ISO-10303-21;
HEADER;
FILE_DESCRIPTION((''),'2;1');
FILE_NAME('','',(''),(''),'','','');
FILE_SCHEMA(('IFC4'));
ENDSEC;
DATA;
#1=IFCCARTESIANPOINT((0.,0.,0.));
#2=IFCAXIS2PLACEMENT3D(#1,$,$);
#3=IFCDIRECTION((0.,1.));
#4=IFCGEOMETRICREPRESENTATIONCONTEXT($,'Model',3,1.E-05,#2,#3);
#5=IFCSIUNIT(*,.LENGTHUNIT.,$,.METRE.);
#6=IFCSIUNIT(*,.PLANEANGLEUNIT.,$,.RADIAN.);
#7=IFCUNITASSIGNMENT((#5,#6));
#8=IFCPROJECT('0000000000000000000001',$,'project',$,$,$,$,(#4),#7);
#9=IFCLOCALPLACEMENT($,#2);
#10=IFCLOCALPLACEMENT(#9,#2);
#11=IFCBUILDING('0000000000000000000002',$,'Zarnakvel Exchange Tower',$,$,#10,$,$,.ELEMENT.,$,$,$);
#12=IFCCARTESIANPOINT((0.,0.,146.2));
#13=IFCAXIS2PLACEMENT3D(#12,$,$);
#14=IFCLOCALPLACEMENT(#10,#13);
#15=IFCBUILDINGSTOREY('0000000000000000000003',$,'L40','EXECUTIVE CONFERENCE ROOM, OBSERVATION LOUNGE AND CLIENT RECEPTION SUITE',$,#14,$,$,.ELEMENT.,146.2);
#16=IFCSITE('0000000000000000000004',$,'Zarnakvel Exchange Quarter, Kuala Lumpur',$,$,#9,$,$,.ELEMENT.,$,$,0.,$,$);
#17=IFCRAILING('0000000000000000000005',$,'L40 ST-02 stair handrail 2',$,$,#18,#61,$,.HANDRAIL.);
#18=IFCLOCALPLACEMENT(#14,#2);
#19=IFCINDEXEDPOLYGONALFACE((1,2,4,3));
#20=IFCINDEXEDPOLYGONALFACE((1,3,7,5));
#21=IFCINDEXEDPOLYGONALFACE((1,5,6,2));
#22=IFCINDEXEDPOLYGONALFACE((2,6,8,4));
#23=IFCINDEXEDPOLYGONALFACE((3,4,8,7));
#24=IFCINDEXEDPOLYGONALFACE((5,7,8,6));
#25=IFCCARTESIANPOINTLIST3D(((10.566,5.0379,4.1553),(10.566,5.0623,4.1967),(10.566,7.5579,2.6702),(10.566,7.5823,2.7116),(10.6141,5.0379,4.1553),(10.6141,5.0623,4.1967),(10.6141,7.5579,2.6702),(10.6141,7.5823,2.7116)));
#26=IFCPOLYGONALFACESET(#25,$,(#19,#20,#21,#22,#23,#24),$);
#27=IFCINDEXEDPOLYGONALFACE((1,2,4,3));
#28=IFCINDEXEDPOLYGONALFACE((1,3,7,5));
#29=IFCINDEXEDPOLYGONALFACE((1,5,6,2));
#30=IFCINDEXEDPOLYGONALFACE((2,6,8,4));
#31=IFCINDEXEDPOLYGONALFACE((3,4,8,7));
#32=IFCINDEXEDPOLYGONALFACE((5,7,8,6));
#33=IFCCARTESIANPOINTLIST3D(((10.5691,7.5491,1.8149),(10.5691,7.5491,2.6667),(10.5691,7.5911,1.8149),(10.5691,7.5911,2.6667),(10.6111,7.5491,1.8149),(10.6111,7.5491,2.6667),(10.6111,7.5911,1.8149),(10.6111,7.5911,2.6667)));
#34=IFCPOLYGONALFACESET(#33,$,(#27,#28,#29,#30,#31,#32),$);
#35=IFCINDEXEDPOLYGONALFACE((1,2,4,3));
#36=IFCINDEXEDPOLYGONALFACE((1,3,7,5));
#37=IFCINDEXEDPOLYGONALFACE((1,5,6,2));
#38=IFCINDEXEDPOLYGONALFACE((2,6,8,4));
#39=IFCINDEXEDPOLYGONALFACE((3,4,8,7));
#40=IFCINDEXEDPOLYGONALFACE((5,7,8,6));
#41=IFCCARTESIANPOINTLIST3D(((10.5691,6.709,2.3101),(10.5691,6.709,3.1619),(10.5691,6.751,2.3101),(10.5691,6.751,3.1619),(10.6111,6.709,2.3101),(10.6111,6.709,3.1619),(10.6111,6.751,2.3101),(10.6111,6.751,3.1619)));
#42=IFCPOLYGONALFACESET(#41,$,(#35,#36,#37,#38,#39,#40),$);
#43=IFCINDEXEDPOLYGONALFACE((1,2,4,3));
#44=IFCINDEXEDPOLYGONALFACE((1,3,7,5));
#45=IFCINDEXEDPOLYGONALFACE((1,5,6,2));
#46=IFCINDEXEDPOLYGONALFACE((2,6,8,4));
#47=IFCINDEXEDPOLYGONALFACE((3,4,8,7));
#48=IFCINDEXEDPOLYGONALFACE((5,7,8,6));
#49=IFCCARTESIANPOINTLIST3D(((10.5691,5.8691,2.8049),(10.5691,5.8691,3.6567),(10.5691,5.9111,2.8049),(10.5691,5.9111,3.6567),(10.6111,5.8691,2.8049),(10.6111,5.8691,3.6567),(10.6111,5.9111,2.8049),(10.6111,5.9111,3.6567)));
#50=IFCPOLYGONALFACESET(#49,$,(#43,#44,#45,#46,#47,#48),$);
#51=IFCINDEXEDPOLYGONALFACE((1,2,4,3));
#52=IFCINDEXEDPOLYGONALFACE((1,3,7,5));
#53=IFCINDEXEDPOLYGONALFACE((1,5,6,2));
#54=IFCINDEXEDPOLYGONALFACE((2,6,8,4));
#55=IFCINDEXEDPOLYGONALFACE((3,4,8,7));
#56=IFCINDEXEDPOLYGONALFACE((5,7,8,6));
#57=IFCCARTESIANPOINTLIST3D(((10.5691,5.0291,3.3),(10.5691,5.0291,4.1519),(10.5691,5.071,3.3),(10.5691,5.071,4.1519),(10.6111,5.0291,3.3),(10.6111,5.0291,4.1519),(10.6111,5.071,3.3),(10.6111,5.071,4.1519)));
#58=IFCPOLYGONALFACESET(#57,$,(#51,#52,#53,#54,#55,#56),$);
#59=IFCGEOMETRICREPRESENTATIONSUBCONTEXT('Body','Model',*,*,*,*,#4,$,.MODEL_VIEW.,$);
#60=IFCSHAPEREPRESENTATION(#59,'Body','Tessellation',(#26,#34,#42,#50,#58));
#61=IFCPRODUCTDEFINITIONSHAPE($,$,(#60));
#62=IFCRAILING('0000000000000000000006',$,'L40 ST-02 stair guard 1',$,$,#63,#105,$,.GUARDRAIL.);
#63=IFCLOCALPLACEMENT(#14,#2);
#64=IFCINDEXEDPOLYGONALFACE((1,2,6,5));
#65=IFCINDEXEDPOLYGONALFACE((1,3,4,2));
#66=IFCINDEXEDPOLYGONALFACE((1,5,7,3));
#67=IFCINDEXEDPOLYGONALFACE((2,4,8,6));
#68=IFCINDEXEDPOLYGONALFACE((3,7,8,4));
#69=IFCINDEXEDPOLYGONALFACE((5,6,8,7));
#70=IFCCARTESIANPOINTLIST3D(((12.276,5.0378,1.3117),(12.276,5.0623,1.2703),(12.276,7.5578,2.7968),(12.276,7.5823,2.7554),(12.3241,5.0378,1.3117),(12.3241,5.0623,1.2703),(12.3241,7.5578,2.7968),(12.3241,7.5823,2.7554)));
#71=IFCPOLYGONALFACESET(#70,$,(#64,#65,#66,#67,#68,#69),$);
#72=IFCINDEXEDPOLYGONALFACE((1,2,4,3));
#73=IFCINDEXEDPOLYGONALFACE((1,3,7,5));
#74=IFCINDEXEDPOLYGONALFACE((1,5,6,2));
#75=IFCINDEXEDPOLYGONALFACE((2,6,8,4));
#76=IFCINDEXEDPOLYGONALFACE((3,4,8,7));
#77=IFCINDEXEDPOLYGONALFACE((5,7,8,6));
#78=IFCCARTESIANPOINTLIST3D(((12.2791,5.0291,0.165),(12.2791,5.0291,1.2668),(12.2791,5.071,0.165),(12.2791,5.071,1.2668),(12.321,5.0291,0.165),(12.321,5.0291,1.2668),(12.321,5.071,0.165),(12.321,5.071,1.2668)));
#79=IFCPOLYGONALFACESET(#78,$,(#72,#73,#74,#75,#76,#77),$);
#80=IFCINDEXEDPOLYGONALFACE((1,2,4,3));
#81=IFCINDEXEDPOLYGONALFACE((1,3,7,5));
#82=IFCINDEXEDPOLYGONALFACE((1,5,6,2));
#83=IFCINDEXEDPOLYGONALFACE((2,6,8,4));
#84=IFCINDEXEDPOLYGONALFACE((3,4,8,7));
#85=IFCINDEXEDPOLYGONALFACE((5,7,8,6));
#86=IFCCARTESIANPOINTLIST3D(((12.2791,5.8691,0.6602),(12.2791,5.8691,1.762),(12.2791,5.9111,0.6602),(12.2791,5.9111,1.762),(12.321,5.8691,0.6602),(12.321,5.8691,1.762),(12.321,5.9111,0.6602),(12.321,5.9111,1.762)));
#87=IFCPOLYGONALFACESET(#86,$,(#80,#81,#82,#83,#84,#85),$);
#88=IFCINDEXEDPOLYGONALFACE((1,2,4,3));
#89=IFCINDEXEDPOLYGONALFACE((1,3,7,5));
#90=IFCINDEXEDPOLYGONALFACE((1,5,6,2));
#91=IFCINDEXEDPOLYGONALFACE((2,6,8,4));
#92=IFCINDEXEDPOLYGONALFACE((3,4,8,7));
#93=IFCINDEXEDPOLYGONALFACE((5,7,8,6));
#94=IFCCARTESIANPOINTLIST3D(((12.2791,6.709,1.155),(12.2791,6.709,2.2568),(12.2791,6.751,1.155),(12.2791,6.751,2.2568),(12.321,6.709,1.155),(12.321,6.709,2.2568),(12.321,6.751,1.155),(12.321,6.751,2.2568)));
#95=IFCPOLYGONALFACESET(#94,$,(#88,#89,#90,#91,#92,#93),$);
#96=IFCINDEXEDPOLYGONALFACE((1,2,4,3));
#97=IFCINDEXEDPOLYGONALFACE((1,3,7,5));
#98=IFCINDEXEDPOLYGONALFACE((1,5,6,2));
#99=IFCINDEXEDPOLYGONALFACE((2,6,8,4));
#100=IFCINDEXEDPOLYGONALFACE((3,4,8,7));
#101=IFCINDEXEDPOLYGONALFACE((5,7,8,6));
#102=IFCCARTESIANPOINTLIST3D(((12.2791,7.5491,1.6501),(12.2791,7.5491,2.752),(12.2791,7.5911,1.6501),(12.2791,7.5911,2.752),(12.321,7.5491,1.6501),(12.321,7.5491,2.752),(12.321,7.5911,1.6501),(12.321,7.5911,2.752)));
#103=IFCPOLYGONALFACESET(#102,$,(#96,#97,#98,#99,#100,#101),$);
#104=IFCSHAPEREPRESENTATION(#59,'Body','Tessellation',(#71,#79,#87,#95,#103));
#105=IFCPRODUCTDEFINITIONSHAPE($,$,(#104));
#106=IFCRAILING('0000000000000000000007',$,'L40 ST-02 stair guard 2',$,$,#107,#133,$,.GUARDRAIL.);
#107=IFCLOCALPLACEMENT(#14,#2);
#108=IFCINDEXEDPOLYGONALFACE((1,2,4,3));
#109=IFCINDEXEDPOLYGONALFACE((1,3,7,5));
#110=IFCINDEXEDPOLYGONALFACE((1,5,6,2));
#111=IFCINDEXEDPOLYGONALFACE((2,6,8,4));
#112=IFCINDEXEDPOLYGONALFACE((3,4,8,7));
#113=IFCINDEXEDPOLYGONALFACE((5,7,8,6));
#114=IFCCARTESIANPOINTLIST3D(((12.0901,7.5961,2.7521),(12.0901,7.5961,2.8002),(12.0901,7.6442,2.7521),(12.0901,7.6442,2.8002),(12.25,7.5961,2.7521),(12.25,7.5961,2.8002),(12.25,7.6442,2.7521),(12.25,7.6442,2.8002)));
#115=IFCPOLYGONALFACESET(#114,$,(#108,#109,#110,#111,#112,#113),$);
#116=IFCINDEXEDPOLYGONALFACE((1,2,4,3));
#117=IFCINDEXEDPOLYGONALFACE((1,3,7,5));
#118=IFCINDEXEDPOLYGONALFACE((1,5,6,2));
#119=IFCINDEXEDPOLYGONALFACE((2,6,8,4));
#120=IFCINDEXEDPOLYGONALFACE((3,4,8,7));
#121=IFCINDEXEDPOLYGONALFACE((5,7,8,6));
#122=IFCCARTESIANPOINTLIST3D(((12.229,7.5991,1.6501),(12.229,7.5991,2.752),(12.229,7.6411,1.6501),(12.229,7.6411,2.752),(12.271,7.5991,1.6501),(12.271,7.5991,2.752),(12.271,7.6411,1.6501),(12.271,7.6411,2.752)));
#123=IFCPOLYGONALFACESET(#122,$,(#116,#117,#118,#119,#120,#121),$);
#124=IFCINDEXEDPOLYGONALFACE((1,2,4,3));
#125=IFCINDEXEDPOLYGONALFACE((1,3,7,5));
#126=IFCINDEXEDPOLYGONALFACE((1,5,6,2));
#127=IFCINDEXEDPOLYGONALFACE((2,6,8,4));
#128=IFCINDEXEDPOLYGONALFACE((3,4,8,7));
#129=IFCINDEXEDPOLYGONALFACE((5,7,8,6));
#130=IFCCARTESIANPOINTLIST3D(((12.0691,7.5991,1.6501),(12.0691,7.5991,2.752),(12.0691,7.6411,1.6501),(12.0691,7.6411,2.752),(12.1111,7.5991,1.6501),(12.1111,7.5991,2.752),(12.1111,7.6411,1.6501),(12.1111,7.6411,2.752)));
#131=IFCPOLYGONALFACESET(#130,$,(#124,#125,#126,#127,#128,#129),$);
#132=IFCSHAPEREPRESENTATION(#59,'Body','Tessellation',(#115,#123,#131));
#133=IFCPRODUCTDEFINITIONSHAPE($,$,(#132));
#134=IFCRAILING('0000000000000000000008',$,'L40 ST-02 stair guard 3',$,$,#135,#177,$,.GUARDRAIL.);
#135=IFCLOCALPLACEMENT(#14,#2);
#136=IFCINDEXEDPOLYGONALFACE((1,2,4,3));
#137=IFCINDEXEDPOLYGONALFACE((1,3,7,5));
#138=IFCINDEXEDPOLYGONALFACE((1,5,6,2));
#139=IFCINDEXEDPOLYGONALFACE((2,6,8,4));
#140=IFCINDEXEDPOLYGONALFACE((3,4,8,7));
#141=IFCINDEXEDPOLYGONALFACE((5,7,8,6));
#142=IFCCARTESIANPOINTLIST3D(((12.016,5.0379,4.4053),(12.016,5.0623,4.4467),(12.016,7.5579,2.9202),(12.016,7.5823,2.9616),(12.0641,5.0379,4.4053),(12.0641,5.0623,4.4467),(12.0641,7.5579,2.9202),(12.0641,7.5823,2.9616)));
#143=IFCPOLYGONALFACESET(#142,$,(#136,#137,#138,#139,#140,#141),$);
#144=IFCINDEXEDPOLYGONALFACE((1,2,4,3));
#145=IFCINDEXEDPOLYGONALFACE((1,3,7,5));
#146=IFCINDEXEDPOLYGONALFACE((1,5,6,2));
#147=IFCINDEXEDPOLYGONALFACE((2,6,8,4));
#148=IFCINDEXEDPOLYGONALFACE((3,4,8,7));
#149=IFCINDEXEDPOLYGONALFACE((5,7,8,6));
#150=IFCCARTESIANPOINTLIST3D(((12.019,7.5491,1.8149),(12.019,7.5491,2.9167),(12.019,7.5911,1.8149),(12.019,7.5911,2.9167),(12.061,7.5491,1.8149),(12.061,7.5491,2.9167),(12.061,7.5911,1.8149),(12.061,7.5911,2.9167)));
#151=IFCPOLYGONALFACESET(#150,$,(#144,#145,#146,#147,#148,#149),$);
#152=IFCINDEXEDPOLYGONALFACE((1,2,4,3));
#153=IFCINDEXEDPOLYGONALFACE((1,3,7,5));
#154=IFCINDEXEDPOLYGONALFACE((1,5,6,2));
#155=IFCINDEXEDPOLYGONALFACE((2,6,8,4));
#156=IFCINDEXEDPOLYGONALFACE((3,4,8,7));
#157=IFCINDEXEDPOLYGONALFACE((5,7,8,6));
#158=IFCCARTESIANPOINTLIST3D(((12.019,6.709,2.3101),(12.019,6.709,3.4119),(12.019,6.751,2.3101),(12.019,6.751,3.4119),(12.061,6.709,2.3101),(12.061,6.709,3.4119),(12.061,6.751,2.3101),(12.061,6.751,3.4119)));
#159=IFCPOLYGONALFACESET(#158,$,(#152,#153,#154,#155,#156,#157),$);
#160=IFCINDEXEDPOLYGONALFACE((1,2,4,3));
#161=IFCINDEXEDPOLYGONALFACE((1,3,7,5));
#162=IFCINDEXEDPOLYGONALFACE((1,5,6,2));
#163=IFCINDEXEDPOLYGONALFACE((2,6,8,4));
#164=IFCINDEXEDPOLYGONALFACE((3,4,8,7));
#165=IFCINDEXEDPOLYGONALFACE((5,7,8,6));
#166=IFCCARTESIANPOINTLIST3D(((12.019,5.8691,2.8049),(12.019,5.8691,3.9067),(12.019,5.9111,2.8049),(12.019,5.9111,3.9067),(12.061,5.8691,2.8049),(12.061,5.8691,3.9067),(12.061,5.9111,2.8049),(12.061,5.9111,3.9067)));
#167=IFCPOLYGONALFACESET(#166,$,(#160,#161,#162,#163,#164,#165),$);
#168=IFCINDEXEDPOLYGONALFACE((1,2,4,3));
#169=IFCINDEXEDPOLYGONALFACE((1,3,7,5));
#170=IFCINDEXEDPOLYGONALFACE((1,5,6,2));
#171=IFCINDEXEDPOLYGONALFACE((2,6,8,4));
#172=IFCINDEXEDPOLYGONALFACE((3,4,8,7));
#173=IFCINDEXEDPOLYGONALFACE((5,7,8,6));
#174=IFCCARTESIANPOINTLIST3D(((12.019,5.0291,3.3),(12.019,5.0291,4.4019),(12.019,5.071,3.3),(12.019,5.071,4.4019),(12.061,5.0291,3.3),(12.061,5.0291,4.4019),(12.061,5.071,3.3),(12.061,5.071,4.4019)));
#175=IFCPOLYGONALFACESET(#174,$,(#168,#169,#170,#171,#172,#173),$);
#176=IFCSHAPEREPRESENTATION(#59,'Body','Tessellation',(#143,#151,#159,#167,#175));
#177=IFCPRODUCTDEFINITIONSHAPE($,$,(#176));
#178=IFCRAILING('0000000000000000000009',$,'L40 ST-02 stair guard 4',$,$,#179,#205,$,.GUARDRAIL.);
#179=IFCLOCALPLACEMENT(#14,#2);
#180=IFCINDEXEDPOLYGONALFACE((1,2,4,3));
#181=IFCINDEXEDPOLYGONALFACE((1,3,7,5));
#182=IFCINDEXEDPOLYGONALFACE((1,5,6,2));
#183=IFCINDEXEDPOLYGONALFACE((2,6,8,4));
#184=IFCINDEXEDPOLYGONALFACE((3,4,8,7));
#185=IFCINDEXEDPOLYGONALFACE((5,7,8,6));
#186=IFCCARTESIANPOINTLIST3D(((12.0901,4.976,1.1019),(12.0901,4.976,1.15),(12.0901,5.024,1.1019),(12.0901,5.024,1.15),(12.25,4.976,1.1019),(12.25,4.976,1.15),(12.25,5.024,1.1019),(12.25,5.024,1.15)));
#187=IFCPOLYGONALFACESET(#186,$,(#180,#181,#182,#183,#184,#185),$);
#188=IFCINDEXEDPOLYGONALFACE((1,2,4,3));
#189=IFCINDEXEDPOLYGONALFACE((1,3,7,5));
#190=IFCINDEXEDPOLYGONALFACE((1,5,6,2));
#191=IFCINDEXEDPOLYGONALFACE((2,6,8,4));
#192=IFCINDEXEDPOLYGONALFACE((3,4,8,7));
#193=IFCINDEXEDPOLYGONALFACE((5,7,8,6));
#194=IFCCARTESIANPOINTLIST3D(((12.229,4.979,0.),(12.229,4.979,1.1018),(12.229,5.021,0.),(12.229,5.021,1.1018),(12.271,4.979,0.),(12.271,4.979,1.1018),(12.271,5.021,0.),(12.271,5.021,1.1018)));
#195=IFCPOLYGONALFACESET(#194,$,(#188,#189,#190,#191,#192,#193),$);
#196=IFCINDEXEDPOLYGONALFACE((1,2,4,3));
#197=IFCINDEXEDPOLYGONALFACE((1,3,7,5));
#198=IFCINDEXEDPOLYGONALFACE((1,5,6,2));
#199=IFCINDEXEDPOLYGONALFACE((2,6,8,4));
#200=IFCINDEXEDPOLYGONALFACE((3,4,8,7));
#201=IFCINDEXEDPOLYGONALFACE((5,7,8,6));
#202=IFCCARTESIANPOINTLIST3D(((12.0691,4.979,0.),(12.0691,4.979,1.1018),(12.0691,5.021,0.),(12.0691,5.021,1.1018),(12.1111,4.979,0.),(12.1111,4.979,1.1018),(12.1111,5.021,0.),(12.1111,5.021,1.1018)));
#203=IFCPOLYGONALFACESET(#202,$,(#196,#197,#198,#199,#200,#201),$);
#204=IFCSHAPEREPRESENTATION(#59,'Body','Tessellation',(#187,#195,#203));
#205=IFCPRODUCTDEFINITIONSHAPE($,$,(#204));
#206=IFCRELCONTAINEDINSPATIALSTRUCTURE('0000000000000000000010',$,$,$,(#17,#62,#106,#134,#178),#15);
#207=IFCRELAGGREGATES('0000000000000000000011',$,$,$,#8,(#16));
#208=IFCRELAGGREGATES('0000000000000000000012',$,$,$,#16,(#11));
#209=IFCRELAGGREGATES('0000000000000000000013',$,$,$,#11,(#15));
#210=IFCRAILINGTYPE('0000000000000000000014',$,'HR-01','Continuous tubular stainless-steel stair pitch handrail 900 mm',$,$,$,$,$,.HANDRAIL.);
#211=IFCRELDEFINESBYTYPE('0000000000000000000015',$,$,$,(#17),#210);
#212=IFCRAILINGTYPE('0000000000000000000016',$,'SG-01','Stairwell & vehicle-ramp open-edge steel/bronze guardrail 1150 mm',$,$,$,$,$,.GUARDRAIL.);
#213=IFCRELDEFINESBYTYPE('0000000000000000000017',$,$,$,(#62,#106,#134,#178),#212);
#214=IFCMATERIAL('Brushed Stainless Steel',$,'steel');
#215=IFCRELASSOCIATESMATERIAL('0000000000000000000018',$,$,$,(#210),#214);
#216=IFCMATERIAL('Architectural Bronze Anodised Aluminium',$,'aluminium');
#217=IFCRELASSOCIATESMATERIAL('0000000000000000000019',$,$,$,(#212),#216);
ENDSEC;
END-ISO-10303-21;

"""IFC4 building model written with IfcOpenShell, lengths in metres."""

from ifc_helpers import new_model, si_unit, direction, frame, origin, origin_2d, place, context, subcontext, project, spatial, rectangle, extrude, material, type_object, element, save


model = new_model("IFC4")

# Units and contexts
model_context = context("Model", 3, precision=1e-05, world=origin(), true_north=direction((0.0, 1.0)))
body_context = subcontext(model_context, "Body", "Model", "MODEL_VIEW")
ifc_project = project(units=[si_unit("LENGTHUNIT", "METRE"), si_unit("PLANEANGLEUNIT", "RADIAN")], contexts=[model_context])

# Site, building, storey
site_placement = place(None, origin())
site = spatial("IfcSite", under=ifc_project, at=site_placement, Name="Zarnakvel Exchange Quarter, Kuala Lumpur", CompositionType="ELEMENT", RefElevation=0.0)
building_placement = place(site_placement, origin())
building = spatial("IfcBuilding", under=site, at=building_placement, Name="Zarnakvel Exchange Tower", CompositionType="ELEMENT")
storey_placement = place(building_placement, frame((0.0, 0.0, 146.2)))
storey = spatial("IfcBuildingStorey", under=building, at=storey_placement, Name="L40", Description="EXECUTIVE CONFERENCE ROOM, OBSERVATION LOUNGE AND CLIENT RECEPTION SUITE", CompositionType="ELEMENT", Elevation=146.2)

# Shared definitions
ifc_material_1 = material(Name="Architectural Bronze Anodised Aluminium", Category="aluminium")

# Railings
ifc_material_2 = material(Name="Brushed Stainless Steel", Category="steel")
railing_type_1 = type_object("IfcRailingType", Name="HR-01", Description="Continuous tubular stainless-steel stair pitch handrail 900 mm", PredefinedType="HANDRAIL", material=ifc_material_2)
railing_1_placement = place(storey_placement, frame((10.5901, 7.5701, 1.8149)))
element("IfcRailing", 1, at=railing_1_placement, inside=storey, type_object=railing_type_1, Name="L40 ST-02 stair handrail 2", PredefinedType="HANDRAIL", context=body_context, shape_type="SweptSolid", body=[
    extrude(rectangle(XDim=0.0481, YDim=0.0481, at=origin_2d()), frame((0.0, 0.0, 0.876), z_axis=(0.0, -0.861524, 0.507717), x_axis=(1.0, 0.0, 0.0)), (0.0, 0.0, 1.0), 2.925),
    extrude(rectangle(XDim=0.042, YDim=0.042, at=origin_2d()), origin(), (0.0, 0.0, 1.0), 0.8518),
    extrude(rectangle(XDim=0.042, YDim=0.042, at=origin_2d()), frame((0.0, -0.8401, 0.4951)), (0.0, 0.0, 1.0), 0.8518),
    extrude(rectangle(XDim=0.042, YDim=0.042, at=origin_2d()), frame((0.0, -1.6799, 0.99)), (0.0, 0.0, 1.0), 0.8518),
    extrude(rectangle(XDim=0.042, YDim=0.042, at=origin_2d()), frame((0.0, -2.52, 1.4851)), (0.0, 0.0, 1.0), 0.8518),
])
railing_type_2 = type_object("IfcRailingType", Name="SG-01", Description="Stairwell & vehicle-ramp open-edge steel/bronze guardrail 1150 mm", PredefinedType="GUARDRAIL", material=ifc_material_1)
railing_2_placement = place(storey_placement, frame((12.3, 5.05, 0.165)))
element("IfcRailing", 2, at=railing_2_placement, inside=storey, type_object=railing_type_2, Name="L40 ST-02 stair guard 1", PredefinedType="GUARDRAIL", context=body_context, shape_type="SweptSolid", body=[
    extrude(rectangle(XDim=0.0481, YDim=0.0481, at=origin_2d()), frame((0.0, 0.0, 1.126), z_axis=(0.0, 0.861524, 0.507717), x_axis=(-1.0, 0.0, 0.0)), (0.0, 0.0, 1.0), 2.925),
    extrude(rectangle(XDim=0.042, YDim=0.042, at=origin_2d()), origin(), (0.0, 0.0, 1.0), 1.1018),
    extrude(rectangle(XDim=0.042, YDim=0.042, at=origin_2d()), frame((0.0, 0.8401, 0.4951)), (0.0, 0.0, 1.0), 1.1018),
    extrude(rectangle(XDim=0.042, YDim=0.042, at=origin_2d()), frame((0.0, 1.6799, 0.99)), (0.0, 0.0, 1.0), 1.1018),
    extrude(rectangle(XDim=0.042, YDim=0.042, at=origin_2d()), frame((0.0, 2.52, 1.4851)), (0.0, 0.0, 1.0), 1.1018),
])
railing_3_placement = place(storey_placement, frame((12.25, 7.6201, 1.6501)))
element("IfcRailing", 3, at=railing_3_placement, inside=storey, type_object=railing_type_2, Name="L40 ST-02 stair guard 2", PredefinedType="GUARDRAIL", context=body_context, shape_type="SweptSolid", body=[
    extrude(rectangle(XDim=0.0481, YDim=0.0481, at=origin_2d()), frame((0.0, 0.0, 1.126), z_axis=(-1.0, 0.0, 0.0), x_axis=(0.0, -1.0, 0.0)), (0.0, 0.0, 1.0), 0.1599),
    extrude(rectangle(XDim=0.042, YDim=0.042, at=origin_2d()), origin(), (0.0, 0.0, 1.0), 1.1018),
    extrude(rectangle(XDim=0.042, YDim=0.042, at=origin_2d()), frame((-0.1599, 0.0, 0.0)), (0.0, 0.0, 1.0), 1.1018),
])
railing_4_placement = place(storey_placement, frame((12.04, 7.5701, 1.8149)))
element("IfcRailing", 4, at=railing_4_placement, inside=storey, type_object=railing_type_2, Name="L40 ST-02 stair guard 3", PredefinedType="GUARDRAIL", context=body_context, shape_type="SweptSolid", body=[
    extrude(rectangle(XDim=0.0481, YDim=0.0481, at=origin_2d()), frame((0.0, 0.0, 1.126), z_axis=(0.0, -0.861524, 0.507717), x_axis=(1.0, 0.0, 0.0)), (0.0, 0.0, 1.0), 2.925),
    extrude(rectangle(XDim=0.042, YDim=0.042, at=origin_2d()), origin(), (0.0, 0.0, 1.0), 1.1018),
    extrude(rectangle(XDim=0.042, YDim=0.042, at=origin_2d()), frame((0.0, -0.8401, 0.4951)), (0.0, 0.0, 1.0), 1.1018),
    extrude(rectangle(XDim=0.042, YDim=0.042, at=origin_2d()), frame((0.0, -1.6799, 0.99)), (0.0, 0.0, 1.0), 1.1018),
    extrude(rectangle(XDim=0.042, YDim=0.042, at=origin_2d()), frame((0.0, -2.52, 1.4851)), (0.0, 0.0, 1.0), 1.1018),
])
railing_5_placement = place(storey_placement, frame((12.25, 5.0, 0.0)))
element("IfcRailing", 5, at=railing_5_placement, inside=storey, type_object=railing_type_2, Name="L40 ST-02 stair guard 4", PredefinedType="GUARDRAIL", context=body_context, shape_type="SweptSolid", body=[
    extrude(rectangle(XDim=0.0481, YDim=0.0481, at=origin_2d()), frame((0.0, 0.0, 1.126), z_axis=(-1.0, 0.0, 0.0), x_axis=(0.0, -1.0, 0.0)), (0.0, 0.0, 1.0), 0.1599),
    extrude(rectangle(XDim=0.042, YDim=0.042, at=origin_2d()), origin(), (0.0, 0.0, 1.0), 1.1018),
    extrude(rectangle(XDim=0.042, YDim=0.042, at=origin_2d()), frame((-0.1599, 0.0, 0.0)), (0.0, 0.0, 1.0), 1.1018),
])

save(model, "model.ifc")
